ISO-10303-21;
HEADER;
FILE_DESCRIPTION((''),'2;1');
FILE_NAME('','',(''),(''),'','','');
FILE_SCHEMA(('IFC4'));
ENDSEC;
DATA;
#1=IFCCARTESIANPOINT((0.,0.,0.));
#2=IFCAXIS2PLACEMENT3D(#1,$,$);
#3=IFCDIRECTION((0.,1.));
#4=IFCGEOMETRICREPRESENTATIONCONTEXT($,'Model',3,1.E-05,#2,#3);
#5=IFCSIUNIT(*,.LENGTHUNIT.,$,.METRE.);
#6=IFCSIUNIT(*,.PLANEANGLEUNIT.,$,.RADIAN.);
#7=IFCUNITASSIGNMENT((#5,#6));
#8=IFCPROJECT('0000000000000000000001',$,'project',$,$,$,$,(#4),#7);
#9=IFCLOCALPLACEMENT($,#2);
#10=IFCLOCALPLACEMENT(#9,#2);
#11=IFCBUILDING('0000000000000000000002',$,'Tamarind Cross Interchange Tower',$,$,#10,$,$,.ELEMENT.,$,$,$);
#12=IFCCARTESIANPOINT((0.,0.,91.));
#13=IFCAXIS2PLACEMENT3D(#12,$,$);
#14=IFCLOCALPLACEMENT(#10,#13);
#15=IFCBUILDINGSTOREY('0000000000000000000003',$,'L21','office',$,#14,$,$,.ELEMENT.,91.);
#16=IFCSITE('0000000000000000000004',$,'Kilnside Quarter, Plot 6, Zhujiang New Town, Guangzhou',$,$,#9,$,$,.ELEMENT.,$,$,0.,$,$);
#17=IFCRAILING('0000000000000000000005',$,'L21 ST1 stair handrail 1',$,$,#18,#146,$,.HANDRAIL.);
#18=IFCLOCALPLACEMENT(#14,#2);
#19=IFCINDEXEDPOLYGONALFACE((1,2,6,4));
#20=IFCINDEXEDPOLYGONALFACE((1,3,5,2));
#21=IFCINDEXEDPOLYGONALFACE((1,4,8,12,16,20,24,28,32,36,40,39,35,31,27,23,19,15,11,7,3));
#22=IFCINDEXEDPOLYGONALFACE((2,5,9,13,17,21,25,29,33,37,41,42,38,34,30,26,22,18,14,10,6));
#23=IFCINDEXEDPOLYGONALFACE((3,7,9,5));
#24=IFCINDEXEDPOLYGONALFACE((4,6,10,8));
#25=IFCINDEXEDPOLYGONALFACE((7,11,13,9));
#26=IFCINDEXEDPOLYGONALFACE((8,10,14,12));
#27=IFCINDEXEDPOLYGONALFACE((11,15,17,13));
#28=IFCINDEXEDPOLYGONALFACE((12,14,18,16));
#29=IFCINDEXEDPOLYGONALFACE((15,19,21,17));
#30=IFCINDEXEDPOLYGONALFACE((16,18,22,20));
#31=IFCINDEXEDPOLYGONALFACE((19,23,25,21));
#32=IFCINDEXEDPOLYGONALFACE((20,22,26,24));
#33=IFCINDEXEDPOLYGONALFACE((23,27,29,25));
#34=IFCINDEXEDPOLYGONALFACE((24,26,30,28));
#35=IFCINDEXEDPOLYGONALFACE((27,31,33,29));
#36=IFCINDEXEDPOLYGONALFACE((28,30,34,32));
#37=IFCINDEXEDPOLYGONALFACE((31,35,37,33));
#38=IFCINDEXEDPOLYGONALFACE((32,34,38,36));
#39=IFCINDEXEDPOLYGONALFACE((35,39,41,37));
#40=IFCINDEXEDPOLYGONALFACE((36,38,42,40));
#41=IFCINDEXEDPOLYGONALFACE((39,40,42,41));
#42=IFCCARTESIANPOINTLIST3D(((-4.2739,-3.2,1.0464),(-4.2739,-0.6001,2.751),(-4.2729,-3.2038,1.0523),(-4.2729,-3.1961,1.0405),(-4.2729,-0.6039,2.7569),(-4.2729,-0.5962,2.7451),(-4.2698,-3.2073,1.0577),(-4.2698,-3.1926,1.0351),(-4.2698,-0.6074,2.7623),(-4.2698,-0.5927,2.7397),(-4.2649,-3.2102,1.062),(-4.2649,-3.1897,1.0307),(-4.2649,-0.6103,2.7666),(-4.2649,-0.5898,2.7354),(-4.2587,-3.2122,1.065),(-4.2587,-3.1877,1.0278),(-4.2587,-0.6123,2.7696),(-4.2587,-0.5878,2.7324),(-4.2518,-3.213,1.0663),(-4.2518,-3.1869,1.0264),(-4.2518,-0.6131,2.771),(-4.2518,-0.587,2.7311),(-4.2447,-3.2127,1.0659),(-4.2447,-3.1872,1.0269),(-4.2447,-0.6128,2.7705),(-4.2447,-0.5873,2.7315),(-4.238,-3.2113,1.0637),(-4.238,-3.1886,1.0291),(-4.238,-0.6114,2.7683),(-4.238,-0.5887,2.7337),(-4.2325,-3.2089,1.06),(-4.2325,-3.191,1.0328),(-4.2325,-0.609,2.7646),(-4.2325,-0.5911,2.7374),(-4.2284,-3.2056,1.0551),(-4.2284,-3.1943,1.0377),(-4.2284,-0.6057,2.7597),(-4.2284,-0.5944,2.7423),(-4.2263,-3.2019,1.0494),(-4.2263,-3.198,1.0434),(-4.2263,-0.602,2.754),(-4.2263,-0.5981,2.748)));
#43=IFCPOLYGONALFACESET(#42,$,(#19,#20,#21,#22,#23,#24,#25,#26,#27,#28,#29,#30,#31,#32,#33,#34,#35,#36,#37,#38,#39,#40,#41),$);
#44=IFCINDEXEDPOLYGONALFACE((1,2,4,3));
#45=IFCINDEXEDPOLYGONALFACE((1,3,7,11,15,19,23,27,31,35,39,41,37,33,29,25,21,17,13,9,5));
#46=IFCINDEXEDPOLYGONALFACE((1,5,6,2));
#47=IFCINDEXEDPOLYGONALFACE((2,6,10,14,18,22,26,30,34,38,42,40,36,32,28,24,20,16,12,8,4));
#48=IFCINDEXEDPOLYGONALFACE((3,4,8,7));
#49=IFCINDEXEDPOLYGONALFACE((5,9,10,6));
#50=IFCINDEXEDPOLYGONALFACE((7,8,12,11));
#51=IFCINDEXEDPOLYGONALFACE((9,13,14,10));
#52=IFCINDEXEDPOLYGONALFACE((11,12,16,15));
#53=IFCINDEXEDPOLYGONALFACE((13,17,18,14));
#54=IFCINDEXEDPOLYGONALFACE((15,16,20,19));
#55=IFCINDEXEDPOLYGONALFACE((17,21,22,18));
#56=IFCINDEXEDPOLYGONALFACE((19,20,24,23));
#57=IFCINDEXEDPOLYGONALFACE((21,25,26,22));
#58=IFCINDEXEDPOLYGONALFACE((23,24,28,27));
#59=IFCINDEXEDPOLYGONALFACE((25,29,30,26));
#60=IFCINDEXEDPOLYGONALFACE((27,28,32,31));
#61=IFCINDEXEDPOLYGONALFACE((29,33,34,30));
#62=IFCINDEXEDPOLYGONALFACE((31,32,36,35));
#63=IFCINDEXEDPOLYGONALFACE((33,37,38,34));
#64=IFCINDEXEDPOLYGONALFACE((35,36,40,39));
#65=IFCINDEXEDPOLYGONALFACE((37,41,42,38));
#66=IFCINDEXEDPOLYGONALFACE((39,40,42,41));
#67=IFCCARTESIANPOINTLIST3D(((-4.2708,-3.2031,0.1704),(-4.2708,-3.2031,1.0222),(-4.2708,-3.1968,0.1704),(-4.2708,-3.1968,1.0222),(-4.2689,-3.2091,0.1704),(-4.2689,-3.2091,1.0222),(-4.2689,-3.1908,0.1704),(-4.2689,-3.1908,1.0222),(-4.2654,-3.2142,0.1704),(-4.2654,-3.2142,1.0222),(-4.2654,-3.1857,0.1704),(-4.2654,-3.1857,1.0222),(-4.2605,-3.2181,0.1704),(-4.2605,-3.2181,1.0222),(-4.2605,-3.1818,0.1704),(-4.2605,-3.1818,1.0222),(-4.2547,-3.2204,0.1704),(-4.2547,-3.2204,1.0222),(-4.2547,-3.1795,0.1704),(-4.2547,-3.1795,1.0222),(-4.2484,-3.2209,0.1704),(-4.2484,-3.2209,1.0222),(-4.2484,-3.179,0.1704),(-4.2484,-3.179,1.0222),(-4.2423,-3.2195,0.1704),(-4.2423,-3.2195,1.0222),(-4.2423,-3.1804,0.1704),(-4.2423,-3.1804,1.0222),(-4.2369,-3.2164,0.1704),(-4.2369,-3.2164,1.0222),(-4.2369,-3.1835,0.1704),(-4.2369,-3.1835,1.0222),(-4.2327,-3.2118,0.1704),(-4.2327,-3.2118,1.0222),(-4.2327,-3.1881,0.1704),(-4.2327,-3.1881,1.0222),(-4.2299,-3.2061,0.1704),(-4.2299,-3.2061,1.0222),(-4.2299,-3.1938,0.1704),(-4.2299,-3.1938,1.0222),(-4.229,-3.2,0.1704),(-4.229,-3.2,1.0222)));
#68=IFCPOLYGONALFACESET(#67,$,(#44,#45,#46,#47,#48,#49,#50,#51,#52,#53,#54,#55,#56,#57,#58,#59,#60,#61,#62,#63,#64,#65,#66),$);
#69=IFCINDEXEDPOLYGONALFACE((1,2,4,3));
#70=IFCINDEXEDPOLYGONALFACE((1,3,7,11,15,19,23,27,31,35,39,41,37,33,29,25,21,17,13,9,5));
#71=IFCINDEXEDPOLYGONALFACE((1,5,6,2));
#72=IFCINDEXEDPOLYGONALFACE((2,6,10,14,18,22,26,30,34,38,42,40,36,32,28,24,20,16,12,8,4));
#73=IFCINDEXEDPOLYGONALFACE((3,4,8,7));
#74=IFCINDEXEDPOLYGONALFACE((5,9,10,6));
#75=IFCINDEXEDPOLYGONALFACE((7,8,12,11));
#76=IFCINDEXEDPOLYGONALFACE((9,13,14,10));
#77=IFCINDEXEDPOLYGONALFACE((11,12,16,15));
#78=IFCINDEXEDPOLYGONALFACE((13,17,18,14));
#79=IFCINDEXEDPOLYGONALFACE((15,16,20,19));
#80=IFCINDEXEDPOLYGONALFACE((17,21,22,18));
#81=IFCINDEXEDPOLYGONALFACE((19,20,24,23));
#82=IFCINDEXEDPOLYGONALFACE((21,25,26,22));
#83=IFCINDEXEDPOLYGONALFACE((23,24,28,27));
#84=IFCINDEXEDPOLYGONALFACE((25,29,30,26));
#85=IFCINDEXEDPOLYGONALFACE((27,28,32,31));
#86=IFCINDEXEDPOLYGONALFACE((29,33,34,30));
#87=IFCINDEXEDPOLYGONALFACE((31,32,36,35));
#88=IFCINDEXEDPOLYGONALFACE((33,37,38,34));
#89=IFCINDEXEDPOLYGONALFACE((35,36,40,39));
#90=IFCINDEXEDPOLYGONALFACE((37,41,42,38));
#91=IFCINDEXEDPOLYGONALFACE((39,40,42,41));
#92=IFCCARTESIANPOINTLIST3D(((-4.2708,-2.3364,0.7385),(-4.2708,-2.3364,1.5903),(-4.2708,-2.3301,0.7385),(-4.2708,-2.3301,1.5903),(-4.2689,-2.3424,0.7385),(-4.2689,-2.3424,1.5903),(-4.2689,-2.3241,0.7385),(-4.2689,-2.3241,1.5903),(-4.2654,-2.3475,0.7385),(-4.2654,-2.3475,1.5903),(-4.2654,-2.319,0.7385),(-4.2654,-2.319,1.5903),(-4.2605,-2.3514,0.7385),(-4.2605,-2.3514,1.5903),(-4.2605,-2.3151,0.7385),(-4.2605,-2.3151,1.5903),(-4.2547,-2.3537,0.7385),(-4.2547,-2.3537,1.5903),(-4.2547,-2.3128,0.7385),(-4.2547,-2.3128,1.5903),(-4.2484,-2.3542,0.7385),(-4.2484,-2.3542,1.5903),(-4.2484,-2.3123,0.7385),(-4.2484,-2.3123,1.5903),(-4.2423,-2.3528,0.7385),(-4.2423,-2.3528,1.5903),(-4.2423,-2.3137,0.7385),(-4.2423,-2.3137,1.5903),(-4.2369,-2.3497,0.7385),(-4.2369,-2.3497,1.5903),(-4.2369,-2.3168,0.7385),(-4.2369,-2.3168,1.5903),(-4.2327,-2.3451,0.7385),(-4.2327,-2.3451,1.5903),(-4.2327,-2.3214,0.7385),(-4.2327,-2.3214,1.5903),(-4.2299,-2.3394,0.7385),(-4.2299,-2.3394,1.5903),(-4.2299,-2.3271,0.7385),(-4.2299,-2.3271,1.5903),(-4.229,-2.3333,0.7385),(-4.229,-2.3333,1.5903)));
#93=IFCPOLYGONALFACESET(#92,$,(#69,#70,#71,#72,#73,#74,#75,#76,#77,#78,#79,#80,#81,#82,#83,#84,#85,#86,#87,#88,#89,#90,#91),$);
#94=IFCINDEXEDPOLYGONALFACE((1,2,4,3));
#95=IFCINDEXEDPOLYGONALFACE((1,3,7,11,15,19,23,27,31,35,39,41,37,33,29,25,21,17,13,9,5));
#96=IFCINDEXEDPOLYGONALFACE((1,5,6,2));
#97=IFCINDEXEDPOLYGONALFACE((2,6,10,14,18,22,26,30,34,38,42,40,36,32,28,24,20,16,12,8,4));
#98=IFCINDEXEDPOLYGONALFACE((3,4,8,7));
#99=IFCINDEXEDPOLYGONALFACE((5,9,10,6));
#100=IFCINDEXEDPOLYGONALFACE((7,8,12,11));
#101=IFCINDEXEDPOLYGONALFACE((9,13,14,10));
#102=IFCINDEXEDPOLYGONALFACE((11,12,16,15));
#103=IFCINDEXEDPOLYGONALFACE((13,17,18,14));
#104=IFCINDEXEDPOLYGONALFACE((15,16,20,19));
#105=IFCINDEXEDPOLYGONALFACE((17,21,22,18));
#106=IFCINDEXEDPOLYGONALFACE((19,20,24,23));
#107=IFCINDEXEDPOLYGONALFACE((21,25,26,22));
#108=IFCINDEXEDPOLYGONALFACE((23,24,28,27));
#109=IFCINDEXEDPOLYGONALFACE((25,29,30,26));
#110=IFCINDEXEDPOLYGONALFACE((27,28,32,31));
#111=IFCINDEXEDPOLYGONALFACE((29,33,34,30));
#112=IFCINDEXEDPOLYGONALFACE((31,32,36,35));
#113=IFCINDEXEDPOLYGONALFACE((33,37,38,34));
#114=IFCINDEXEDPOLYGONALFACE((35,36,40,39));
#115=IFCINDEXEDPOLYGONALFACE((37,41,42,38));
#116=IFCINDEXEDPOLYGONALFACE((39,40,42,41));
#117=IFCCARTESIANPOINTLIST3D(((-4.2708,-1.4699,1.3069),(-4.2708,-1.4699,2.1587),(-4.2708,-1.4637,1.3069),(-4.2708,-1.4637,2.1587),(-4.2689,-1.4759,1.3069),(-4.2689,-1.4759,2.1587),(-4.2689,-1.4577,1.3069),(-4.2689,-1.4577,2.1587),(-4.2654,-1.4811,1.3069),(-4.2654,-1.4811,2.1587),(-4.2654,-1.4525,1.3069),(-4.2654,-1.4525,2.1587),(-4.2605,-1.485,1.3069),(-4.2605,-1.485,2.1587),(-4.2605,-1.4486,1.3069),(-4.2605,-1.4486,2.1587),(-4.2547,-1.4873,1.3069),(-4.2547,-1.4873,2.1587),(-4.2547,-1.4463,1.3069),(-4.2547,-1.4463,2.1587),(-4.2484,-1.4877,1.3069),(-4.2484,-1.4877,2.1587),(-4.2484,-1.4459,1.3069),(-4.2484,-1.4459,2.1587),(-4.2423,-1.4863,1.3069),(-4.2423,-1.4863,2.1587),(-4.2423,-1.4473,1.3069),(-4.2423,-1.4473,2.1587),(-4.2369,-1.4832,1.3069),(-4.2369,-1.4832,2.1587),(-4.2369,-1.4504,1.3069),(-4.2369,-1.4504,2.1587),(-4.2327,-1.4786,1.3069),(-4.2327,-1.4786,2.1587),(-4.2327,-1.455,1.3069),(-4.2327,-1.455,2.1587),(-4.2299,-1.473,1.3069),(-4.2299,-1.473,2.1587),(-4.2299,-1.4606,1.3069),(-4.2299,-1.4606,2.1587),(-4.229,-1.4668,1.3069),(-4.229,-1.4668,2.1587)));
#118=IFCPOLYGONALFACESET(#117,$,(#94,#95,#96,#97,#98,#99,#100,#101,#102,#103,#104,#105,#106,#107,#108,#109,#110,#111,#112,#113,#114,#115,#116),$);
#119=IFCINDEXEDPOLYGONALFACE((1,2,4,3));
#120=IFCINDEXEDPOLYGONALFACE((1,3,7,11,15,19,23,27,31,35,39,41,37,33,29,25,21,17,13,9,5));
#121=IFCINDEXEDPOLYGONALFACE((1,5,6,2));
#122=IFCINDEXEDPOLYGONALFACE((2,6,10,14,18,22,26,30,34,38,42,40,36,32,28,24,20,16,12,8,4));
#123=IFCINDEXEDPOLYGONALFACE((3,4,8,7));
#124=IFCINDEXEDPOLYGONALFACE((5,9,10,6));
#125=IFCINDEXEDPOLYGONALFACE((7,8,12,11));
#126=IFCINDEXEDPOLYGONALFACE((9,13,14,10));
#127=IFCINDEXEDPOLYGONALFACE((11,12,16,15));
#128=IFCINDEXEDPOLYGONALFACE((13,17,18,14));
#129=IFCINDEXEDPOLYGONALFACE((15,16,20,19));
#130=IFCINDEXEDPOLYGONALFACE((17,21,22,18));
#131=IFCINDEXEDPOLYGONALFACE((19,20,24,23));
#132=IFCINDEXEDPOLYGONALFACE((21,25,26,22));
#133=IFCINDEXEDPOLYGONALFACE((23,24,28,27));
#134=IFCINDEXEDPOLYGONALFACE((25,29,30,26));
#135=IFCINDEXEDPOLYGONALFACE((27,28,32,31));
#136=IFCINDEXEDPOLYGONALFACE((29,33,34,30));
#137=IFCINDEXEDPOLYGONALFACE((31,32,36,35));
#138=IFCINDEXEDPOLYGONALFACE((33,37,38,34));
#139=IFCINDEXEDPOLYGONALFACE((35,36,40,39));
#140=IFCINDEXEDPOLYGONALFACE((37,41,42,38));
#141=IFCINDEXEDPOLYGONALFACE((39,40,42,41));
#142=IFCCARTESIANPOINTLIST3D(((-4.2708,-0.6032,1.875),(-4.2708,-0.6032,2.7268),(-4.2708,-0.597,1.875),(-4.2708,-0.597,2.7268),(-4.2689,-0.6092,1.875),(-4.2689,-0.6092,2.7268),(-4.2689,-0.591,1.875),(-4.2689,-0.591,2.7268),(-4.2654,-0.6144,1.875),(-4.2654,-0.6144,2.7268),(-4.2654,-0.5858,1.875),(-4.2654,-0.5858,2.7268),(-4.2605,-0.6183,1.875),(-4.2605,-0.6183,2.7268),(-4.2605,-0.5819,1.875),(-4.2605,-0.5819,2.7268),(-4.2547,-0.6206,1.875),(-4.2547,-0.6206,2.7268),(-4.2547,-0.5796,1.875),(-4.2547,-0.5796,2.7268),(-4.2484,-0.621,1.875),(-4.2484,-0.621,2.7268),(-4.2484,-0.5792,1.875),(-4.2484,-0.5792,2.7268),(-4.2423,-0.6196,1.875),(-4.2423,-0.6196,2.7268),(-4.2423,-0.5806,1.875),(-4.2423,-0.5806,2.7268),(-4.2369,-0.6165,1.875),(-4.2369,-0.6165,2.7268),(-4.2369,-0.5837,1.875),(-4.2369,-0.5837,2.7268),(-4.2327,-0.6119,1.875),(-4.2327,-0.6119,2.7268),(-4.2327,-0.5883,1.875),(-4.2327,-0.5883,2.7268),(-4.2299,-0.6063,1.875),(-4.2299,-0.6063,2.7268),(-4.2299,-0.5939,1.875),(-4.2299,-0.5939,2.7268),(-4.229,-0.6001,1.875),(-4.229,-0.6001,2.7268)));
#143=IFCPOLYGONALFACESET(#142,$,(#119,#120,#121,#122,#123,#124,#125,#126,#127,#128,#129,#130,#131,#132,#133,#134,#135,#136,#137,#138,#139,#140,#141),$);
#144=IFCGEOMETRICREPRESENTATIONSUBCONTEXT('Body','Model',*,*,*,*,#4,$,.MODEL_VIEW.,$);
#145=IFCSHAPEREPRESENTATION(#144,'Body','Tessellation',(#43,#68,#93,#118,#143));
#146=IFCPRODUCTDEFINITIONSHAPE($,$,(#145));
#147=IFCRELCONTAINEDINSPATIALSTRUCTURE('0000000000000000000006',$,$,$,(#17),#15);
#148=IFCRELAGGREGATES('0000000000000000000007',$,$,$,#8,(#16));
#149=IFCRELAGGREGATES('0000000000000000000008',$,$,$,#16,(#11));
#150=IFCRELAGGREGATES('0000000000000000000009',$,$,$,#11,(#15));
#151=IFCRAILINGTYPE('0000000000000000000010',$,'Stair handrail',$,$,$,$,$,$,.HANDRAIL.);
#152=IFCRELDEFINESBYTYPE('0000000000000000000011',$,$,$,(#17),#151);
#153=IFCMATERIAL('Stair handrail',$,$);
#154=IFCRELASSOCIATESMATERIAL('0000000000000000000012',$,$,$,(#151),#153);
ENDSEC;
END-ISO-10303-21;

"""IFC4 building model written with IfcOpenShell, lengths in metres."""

from ifc_helpers import new_model, si_unit, direction, frame, origin, origin_2d, place, context, subcontext, project, spatial, circle, extrude, material, type_object, element, save


model = new_model("IFC4")

# Units and contexts
model_context = context("Model", 3, precision=1e-05, world=origin(), true_north=direction((0.0, 1.0)))
body_context = subcontext(model_context, "Body", "Model", "MODEL_VIEW")
ifc_project = project(units=[si_unit("LENGTHUNIT", "METRE"), si_unit("PLANEANGLEUNIT", "RADIAN")], contexts=[model_context])

# Site, building, storey
site_placement = place(None, origin())
site = spatial("IfcSite", under=ifc_project, at=site_placement, Name="Kilnside Quarter, Plot 6, Zhujiang New Town, Guangzhou", CompositionType="ELEMENT", RefElevation=0.0)
building_placement = place(site_placement, origin())
building = spatial("IfcBuilding", under=site, at=building_placement, Name="Tamarind Cross Interchange Tower", CompositionType="ELEMENT")
storey_placement = place(building_placement, frame((0.0, 0.0, 91.0)))
storey = spatial("IfcBuildingStorey", under=building, at=storey_placement, Name="L21", Description="office", CompositionType="ELEMENT", Elevation=91.0)

# Railing
ifc_material_1 = material(Name="Stair handrail")
railing_type_1 = type_object("IfcRailingType", Name="Stair handrail", PredefinedType="HANDRAIL", material=ifc_material_1)
railing_1_placement = place(storey_placement, frame((-4.25, -3.2, 0.1704)))
element("IfcRailing", 1, at=railing_1_placement, inside=storey, type_object=railing_type_1, Name="L21 ST1 stair handrail 1", PredefinedType="HANDRAIL", context=body_context, shape_type="SweptSolid", body=[
    extrude(circle(Radius=0.0239, at=origin_2d()), frame((0.0, 0.0, 0.876), z_axis=(0.0, 0.836279, 0.548305), x_axis=(-1.0, 0.0, 0.0)), (0.0, 0.0, 1.0), 3.1089),
    extrude(circle(Radius=0.021, at=origin_2d()), origin(), (0.0, 0.0, 1.0), 0.8518),
    extrude(circle(Radius=0.021, at=origin_2d()), frame((0.0, 0.8667, 0.5681)), (0.0, 0.0, 1.0), 0.8518),
    extrude(circle(Radius=0.021, at=origin_2d()), frame((0.0, 1.7332, 1.1365)), (0.0, 0.0, 1.0), 0.8518),
    extrude(circle(Radius=0.021, at=origin_2d()), frame((0.0, 2.5999, 1.7046)), (0.0, 0.0, 1.0), 0.8518),
])

save(model, "model.ifc")
